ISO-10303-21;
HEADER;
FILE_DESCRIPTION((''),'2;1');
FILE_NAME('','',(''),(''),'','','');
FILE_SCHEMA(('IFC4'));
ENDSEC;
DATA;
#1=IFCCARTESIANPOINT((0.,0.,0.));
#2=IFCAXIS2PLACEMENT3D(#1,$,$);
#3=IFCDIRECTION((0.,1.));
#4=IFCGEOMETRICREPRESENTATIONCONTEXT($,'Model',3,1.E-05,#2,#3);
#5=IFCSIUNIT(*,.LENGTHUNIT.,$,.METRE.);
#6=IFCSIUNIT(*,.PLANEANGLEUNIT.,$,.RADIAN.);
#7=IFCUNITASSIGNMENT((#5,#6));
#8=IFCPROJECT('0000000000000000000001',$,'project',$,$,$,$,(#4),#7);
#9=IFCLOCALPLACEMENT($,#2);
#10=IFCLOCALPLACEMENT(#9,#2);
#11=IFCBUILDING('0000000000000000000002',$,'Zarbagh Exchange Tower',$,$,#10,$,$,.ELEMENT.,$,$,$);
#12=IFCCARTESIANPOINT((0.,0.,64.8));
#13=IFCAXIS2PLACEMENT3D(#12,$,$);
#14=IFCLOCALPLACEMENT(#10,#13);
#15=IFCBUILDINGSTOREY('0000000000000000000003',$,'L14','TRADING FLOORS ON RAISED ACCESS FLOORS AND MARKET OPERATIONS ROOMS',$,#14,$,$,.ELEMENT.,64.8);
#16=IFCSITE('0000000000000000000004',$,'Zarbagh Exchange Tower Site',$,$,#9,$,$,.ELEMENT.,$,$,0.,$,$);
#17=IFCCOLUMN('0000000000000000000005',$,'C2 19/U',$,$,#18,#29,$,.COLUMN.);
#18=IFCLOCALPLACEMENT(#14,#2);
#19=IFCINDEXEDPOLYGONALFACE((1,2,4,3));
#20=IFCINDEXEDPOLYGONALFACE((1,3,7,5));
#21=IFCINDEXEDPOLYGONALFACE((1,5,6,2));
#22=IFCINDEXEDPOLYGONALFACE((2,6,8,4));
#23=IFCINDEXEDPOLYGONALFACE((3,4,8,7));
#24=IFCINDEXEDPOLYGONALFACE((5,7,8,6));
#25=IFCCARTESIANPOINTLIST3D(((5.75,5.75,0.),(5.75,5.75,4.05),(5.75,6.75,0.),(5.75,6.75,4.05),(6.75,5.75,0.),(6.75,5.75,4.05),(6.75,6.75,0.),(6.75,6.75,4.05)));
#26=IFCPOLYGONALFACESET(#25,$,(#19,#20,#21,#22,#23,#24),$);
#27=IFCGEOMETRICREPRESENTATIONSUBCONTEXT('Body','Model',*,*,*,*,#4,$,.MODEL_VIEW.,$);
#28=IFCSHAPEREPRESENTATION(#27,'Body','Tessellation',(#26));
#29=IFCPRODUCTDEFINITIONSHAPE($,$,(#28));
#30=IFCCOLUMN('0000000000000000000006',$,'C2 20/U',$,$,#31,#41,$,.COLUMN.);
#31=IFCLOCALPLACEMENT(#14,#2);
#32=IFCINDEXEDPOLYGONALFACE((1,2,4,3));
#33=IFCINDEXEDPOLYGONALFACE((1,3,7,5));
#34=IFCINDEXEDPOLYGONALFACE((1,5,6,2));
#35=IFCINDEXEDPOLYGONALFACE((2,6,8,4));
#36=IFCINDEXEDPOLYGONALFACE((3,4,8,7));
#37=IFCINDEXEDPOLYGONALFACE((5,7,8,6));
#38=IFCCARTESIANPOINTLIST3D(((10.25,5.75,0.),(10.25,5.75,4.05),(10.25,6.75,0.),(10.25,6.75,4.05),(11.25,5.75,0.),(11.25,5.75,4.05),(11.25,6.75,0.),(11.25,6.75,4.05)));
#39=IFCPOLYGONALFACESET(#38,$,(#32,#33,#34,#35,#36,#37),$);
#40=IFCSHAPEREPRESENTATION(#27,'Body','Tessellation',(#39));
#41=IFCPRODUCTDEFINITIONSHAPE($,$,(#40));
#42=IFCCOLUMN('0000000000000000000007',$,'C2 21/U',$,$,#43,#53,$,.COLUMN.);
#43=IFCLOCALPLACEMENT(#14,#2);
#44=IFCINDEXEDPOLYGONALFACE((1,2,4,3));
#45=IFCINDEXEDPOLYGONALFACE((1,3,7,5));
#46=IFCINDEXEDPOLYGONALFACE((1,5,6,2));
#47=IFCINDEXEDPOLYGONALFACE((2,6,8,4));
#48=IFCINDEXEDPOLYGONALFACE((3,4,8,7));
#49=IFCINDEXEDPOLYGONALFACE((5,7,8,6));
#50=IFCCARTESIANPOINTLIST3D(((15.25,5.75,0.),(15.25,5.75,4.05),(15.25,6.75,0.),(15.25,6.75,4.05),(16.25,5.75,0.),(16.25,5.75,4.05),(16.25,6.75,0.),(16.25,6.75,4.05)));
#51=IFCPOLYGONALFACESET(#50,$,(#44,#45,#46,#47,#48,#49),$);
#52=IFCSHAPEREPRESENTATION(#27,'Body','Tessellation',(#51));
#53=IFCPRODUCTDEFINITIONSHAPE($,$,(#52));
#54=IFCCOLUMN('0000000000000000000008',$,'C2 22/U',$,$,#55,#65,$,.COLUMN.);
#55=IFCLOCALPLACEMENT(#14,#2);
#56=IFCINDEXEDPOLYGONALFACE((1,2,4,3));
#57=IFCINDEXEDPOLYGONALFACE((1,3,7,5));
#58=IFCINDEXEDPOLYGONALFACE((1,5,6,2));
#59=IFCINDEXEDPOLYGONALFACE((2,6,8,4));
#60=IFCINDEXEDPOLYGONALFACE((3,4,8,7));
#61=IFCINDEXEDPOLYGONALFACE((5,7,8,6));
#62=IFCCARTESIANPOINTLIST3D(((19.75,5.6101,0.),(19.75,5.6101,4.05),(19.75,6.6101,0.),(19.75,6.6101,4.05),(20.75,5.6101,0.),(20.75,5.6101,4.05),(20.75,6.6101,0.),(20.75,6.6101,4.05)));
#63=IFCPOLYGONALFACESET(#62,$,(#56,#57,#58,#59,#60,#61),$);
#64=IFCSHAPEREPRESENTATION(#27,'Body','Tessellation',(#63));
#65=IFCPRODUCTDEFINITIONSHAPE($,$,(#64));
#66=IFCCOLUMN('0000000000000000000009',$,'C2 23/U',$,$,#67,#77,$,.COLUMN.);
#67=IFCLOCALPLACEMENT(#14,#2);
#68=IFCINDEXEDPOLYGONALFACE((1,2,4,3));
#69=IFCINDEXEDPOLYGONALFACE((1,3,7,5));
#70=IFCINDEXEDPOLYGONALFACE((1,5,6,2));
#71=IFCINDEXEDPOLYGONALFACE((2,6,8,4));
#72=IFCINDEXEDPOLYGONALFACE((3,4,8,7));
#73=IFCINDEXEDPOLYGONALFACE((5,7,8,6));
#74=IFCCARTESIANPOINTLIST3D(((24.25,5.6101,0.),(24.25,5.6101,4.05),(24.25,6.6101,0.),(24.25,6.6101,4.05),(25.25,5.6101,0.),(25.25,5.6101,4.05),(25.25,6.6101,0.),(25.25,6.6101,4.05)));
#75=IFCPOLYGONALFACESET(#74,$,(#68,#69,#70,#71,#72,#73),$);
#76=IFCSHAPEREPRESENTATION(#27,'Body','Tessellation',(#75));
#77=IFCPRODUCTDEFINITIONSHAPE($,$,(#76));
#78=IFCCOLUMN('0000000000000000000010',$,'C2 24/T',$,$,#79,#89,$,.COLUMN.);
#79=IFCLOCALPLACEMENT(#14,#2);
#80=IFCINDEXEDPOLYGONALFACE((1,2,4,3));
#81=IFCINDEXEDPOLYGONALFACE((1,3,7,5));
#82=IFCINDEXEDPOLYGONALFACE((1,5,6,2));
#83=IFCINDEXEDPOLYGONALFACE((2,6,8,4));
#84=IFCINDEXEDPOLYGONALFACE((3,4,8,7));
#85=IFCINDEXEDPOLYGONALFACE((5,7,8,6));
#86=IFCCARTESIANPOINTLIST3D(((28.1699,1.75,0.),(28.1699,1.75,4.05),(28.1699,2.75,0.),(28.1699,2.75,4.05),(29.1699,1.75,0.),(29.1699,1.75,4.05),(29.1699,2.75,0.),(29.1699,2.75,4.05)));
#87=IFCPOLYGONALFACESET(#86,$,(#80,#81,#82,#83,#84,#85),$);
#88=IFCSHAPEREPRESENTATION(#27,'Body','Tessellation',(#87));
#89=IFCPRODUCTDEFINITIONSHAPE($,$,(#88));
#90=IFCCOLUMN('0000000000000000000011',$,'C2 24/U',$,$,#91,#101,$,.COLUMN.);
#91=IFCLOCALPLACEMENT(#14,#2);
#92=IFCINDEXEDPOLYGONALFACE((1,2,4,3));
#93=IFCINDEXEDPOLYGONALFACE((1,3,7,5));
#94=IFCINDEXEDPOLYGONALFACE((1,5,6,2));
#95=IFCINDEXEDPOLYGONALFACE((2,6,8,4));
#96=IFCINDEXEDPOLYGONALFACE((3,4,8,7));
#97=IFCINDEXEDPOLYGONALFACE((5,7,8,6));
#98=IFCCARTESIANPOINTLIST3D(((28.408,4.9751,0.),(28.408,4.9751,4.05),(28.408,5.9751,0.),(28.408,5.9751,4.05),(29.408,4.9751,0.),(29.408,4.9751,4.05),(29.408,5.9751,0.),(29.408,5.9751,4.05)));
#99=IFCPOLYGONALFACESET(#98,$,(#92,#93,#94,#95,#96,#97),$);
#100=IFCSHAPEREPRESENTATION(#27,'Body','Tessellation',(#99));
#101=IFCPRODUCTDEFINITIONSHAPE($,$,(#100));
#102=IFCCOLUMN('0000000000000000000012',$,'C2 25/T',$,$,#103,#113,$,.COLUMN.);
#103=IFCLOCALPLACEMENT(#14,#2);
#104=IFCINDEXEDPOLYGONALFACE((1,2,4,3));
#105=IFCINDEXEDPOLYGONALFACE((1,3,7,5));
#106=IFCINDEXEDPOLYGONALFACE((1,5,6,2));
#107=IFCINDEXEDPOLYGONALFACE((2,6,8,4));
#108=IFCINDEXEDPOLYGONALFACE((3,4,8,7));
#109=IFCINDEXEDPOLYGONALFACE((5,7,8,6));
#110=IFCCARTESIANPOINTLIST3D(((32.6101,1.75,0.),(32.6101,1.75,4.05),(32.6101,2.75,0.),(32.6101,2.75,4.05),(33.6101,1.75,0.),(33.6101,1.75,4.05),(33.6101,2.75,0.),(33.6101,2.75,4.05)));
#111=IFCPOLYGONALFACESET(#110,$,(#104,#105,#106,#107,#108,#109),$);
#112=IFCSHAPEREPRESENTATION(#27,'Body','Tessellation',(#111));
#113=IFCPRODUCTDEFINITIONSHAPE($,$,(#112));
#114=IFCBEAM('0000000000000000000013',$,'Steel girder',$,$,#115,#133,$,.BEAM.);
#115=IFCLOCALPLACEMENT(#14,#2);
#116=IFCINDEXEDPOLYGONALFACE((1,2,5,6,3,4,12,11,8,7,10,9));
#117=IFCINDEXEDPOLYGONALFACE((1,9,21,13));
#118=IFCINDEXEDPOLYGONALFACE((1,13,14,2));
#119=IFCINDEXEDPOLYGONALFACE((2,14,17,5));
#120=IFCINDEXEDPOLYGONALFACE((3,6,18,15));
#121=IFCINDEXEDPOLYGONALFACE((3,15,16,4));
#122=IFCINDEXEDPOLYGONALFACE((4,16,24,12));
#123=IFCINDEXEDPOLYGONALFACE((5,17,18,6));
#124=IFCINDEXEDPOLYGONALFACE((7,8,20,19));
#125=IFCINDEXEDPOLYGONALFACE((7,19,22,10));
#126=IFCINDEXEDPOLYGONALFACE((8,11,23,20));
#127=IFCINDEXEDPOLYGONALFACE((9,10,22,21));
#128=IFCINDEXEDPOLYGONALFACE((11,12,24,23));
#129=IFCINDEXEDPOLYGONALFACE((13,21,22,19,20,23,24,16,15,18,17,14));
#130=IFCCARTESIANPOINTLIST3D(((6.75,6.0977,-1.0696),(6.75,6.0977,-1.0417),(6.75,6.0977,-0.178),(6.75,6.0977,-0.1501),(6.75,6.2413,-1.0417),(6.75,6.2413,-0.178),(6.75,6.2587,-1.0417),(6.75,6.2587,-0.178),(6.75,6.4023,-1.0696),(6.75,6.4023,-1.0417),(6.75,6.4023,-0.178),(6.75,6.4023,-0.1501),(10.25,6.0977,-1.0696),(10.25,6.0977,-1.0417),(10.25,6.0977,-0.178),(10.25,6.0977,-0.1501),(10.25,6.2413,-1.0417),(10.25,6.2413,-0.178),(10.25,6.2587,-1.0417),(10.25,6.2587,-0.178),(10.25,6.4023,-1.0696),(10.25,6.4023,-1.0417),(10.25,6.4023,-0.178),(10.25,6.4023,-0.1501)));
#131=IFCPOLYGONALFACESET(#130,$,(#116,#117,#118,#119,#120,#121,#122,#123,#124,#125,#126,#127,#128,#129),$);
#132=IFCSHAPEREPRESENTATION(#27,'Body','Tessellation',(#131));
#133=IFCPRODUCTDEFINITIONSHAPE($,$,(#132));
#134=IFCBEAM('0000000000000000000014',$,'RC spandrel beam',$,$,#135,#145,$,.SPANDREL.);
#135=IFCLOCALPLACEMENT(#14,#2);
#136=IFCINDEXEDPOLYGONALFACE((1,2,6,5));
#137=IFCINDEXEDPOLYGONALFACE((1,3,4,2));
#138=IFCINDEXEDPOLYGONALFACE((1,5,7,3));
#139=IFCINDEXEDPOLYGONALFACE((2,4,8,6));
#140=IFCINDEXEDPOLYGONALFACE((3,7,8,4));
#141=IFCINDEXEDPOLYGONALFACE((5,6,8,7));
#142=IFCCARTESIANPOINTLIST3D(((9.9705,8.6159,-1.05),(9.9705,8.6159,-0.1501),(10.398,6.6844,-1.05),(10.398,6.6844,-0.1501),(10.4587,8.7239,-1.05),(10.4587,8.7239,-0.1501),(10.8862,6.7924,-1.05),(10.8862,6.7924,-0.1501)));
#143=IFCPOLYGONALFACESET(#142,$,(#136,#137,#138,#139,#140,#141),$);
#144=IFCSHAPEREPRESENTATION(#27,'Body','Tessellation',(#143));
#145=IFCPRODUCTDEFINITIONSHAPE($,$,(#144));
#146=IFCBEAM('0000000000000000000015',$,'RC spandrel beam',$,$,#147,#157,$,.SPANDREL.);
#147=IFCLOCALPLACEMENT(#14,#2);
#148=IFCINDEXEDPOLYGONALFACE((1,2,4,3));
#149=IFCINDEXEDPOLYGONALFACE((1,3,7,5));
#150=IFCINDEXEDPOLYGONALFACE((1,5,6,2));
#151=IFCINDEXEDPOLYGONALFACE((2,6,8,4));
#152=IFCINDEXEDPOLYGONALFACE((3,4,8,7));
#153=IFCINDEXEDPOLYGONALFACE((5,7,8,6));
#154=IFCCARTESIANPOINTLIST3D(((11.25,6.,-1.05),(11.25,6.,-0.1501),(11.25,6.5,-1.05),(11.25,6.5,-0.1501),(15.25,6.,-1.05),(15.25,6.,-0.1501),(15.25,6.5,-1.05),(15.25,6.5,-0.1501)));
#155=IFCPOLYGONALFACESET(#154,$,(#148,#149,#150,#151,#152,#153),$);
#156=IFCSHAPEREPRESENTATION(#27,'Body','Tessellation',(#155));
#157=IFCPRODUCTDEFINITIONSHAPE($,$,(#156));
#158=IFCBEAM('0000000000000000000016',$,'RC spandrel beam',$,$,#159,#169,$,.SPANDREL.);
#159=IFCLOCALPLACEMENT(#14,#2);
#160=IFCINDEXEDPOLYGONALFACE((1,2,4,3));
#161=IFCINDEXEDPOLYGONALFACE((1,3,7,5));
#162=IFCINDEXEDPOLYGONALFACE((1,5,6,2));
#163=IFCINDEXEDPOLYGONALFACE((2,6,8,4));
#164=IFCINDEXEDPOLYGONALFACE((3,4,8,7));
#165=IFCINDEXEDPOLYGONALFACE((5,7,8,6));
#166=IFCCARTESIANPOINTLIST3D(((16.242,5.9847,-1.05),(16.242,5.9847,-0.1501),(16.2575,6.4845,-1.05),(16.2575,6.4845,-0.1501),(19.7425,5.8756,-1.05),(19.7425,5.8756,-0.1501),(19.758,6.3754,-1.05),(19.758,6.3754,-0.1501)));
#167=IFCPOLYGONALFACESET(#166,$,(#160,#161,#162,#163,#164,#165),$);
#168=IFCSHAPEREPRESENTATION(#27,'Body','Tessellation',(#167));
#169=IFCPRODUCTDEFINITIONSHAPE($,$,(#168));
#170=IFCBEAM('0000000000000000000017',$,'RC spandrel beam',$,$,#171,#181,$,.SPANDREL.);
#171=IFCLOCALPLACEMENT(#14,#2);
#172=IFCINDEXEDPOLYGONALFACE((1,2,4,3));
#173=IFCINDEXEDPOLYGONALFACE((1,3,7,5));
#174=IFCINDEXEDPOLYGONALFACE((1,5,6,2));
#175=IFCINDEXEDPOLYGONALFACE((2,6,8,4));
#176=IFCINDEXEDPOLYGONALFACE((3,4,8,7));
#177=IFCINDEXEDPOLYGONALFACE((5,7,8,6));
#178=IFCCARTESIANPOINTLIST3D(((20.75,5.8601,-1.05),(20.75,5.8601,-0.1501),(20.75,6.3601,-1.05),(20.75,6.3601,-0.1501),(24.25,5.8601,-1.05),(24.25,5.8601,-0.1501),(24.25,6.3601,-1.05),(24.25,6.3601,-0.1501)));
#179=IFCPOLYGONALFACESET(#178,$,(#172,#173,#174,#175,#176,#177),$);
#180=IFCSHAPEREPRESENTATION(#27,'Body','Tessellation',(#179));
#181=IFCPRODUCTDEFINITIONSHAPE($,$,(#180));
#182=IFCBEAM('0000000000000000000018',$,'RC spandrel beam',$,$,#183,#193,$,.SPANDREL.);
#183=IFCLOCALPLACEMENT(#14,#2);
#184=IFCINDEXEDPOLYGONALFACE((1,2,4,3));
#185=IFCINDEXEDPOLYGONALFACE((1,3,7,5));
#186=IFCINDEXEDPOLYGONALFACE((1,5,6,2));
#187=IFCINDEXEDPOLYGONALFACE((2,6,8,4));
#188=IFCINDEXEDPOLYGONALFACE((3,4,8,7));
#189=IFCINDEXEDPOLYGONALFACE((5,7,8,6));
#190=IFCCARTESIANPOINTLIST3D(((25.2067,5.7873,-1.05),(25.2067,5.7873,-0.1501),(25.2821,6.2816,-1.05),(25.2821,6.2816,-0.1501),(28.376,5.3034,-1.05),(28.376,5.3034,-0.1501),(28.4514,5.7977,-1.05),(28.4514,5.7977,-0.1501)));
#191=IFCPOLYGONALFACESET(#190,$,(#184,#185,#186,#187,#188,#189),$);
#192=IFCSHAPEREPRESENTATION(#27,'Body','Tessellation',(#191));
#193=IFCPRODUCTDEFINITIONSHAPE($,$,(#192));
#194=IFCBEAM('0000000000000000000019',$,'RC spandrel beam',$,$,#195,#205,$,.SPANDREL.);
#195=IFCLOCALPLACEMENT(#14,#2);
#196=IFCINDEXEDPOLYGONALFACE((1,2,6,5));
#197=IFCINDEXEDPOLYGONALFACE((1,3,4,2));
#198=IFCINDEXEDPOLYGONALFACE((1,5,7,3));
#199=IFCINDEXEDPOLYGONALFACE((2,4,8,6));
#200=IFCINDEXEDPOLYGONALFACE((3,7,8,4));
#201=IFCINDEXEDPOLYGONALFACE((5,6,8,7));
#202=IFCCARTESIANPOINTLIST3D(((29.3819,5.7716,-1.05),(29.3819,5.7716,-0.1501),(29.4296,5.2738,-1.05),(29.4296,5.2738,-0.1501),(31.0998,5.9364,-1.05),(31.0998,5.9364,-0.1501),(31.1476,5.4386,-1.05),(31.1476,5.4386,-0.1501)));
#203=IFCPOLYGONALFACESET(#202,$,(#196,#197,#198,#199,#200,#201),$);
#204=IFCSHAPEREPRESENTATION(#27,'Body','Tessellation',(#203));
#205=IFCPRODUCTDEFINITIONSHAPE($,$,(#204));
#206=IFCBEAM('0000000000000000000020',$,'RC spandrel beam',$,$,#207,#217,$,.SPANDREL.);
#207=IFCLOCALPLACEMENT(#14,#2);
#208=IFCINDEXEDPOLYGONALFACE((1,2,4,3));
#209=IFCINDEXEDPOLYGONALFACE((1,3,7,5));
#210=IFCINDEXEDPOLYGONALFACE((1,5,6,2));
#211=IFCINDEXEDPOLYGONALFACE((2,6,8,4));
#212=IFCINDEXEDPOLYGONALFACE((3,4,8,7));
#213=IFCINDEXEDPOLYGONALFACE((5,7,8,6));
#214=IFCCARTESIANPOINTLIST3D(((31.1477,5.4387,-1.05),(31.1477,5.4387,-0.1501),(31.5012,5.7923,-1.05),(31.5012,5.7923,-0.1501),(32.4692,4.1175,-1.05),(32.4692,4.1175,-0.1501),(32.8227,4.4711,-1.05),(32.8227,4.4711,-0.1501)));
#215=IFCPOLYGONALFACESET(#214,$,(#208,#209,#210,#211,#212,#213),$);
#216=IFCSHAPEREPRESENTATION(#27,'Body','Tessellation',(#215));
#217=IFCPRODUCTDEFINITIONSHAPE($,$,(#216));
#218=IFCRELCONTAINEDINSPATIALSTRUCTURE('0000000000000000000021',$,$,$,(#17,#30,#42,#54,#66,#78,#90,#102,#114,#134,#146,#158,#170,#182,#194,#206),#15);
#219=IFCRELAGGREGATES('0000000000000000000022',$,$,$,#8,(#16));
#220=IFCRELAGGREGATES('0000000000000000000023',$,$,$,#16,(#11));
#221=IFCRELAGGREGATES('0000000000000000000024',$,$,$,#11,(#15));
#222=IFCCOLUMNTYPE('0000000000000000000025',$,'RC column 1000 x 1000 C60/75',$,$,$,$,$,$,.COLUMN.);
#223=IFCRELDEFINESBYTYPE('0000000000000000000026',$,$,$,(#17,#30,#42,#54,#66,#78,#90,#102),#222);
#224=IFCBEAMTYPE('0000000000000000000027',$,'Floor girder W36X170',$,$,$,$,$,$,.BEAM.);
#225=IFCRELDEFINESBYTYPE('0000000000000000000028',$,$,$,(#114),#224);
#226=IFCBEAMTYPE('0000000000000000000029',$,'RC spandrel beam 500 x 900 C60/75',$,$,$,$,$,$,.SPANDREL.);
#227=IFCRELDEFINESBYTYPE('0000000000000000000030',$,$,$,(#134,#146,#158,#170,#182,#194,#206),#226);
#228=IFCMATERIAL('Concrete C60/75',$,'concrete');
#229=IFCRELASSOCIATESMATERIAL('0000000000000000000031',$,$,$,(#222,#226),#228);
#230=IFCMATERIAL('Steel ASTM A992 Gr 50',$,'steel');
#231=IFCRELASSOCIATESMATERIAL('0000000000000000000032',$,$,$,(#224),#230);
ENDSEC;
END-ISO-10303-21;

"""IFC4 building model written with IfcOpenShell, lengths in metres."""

from ifc_helpers import new_model, si_unit, direction, frame, origin, origin_2d, place, context, subcontext, project, spatial, rectangle, i_section, extrude, material, material_profile, profile_set, type_object, element, save


model = new_model("IFC4")

# Units and contexts
model_context = context("Model", 3, precision=1e-05, world=origin(), true_north=direction((0.0, 1.0)))
body_context = subcontext(model_context, "Body", "Model", "MODEL_VIEW")
ifc_project = project(units=[si_unit("LENGTHUNIT", "METRE"), si_unit("PLANEANGLEUNIT", "RADIAN")], contexts=[model_context])

# Site, building, storey
site_placement = place(None, origin())
site = spatial("IfcSite", under=ifc_project, at=site_placement, Name="Zarbagh Exchange Tower Site", CompositionType="ELEMENT", RefElevation=0.0)
building_placement = place(site_placement, origin())
building = spatial("IfcBuilding", under=site, at=building_placement, Name="Zarbagh Exchange Tower", CompositionType="ELEMENT")
storey_placement = place(building_placement, frame((0.0, 0.0, 64.8)))
storey = spatial("IfcBuildingStorey", under=building, at=storey_placement, Name="L14", Description="TRADING FLOORS ON RAISED ACCESS FLOORS AND MARKET OPERATIONS ROOMS", CompositionType="ELEMENT", Elevation=64.8)

# Columns
ifc_material_1 = material(Name="Concrete C60/75", Category="concrete")
ifc_material_profile_1 = material_profile(ifc_material_1, rectangle(XDim=1.0, YDim=1.0, at=origin_2d()), Name="RC column 1000 x 1000 C60/75")
ifc_profile_set_1 = profile_set([ifc_material_profile_1], Name="Concrete C60/75")
column_type = type_object("IfcColumnType", Name="RC column 1000 x 1000 C60/75", PredefinedType="COLUMN", material=ifc_profile_set_1)
for number, where, z_axis, x_axis, name in (
    (1, (6.25, 6.25, 0.0), (0.0, 0.0, 1.0), (1.0, 0.0, 0.0), "C2 19/U"),
    (2, (10.75, 6.25, 0.0), (0.0, 0.0, 1.0), (1.0, 0.0, 0.0), "C2 20/U"),
    (3, (15.75, 6.25, 0.0), (0.0, 0.0, 1.0), (1.0, 0.0, 0.0), "C2 21/U"),
    (4, (20.25, 6.1101, 0.0), (0.0, 0.0, 1.0), (1.0, 0.0, 0.0), "C2 22/U"),
    (5, (24.75, 6.1101, 0.0), (0.0, 0.0, 1.0), (1.0, 0.0, 0.0), "C2 23/U"),
    (6, (28.6699, 2.25, 0.0), (0.0, 0.0, 1.0), (1.0, 0.0, 0.0), "C2 24/T"),
    (7, (28.908, 5.4751, 0.0), (0.0, 0.0, 1.0), (1.0, 0.0, 0.0), "C2 24/U"),
    (8, (33.1101, 2.25, 0.0), (0.0, 0.0, 1.0), (1.0, 0.0, 0.0), "C2 25/T"),
):
    element("IfcColumn", number, at=place(storey_placement, frame(where, z_axis=z_axis, x_axis=x_axis)), inside=storey, type_object=column_type, Name=name, PredefinedType="COLUMN", context=body_context, shape_type="SweptSolid", body=[
        extrude(rectangle(XDim=1.0, YDim=1.0, at=origin_2d()), origin(), (0.0, 0.0, 1.0), 4.05),
    ])

# Beams
ifc_material_2 = material(Name="Steel ASTM A992 Gr 50", Category="steel")
ifc_material_profile_2 = material_profile(ifc_material_2, i_section(OverallWidth=0.3047, OverallDepth=0.9194, WebThickness=0.0173, FlangeThickness=0.0278, at=origin_2d()), Name="W36X170")
ifc_profile_set_2 = profile_set([ifc_material_profile_2], Name="Steel ASTM A992 Gr 50")
beam_type_1 = type_object("IfcBeamType", Name="Floor girder W36X170", PredefinedType="BEAM", material=ifc_profile_set_2)
beam_1_placement = place(storey_placement, frame((6.75, 6.25, -0.6099), z_axis=(1.0, 0.0, 0.0), x_axis=(0.0, 1.0, 0.0)))
element("IfcBeam", 9, at=beam_1_placement, inside=storey, type_object=beam_type_1, Name="Steel girder", PredefinedType="BEAM", context=body_context, shape_type="SweptSolid", body=[
    extrude(i_section(OverallWidth=0.3047, OverallDepth=0.9194, WebThickness=0.0173, FlangeThickness=0.0278, at=origin_2d()), origin(), (0.0, 0.0, 1.0), 3.5),
])
ifc_material_profile_3 = material_profile(ifc_material_1, rectangle(XDim=0.5, YDim=0.8999, at=origin_2d()), Name="RC spandrel beam 500 x 900 C60/75")
ifc_profile_set_3 = profile_set([ifc_material_profile_3], Name="Concrete C60/75")
beam_type_2 = type_object("IfcBeamType", Name="RC spandrel beam 500 x 900 C60/75", PredefinedType="SPANDREL", material=ifc_profile_set_3)
beam_2_placement = place(storey_placement, frame((10.2146, 8.6699, -0.6001), z_axis=(0.216081, -0.976375, 0.0), x_axis=(0.976375, 0.216081, 0.0)))
element("IfcBeam", 10, at=beam_2_placement, inside=storey, type_object=beam_type_2, Name="RC spandrel beam", PredefinedType="SPANDREL", context=body_context, shape_type="SweptSolid", body=[
    extrude(rectangle(XDim=0.5, YDim=0.8999, at=origin_2d()), origin(), (0.0, 0.0, 1.0), 1.9783),
])
beam_3_placement = place(storey_placement, frame((11.25, 6.25, -0.6001), z_axis=(1.0, 0.0, 0.0), x_axis=(0.0, 1.0, 0.0)))
element("IfcBeam", 11, at=beam_3_placement, inside=storey, type_object=beam_type_2, Name="RC spandrel beam", PredefinedType="SPANDREL", context=body_context, shape_type="SweptSolid", body=[
    extrude(rectangle(XDim=0.5, YDim=0.8999, at=origin_2d()), origin(), (0.0, 0.0, 1.0), 4.0),
])
beam_4_placement = place(storey_placement, frame((16.2498, 6.2346, -0.6001), z_axis=(0.999514, -0.031161, 0.0), x_axis=(0.031161, 0.999514, 0.0)))
element("IfcBeam", 12, at=beam_4_placement, inside=storey, type_object=beam_type_2, Name="RC spandrel beam", PredefinedType="SPANDREL", context=body_context, shape_type="SweptSolid", body=[
    extrude(rectangle(XDim=0.5, YDim=0.8999, at=origin_2d()), origin(), (0.0, 0.0, 1.0), 3.5022),
])
beam_5_placement = place(storey_placement, frame((20.75, 6.1101, -0.6001), z_axis=(1.0, 0.0, 0.0), x_axis=(0.0, 1.0, 0.0)))
element("IfcBeam", 13, at=beam_5_placement, inside=storey, type_object=beam_type_2, Name="RC spandrel beam", PredefinedType="SPANDREL", context=body_context, shape_type="SweptSolid", body=[
    extrude(rectangle(XDim=0.5, YDim=0.8999, at=origin_2d()), origin(), (0.0, 0.0, 1.0), 3.5),
])
beam_6_placement = place(storey_placement, frame((25.2444, 6.0344, -0.6001), z_axis=(0.988545, -0.150924, 0.0), x_axis=(0.150924, 0.988545, 0.0)))
element("IfcBeam", 14, at=beam_6_placement, inside=storey, type_object=beam_type_2, Name="RC spandrel beam", PredefinedType="SPANDREL", context=body_context, shape_type="SweptSolid", body=[
    extrude(rectangle(XDim=0.5, YDim=0.8999, at=origin_2d()), origin(), (0.0, 0.0, 1.0), 3.2061),
])
beam_7_placement = place(storey_placement, frame((29.4058, 5.5227, -0.6001), z_axis=(0.995431, 0.095483, 0.0), x_axis=(-0.095483, 0.995431, 0.0)))
element("IfcBeam", 15, at=beam_7_placement, inside=storey, type_object=beam_type_2, Name="RC spandrel beam", PredefinedType="SPANDREL", context=body_context, shape_type="SweptSolid", body=[
    extrude(rectangle(XDim=0.5, YDim=0.8999, at=origin_2d()), origin(), (0.0, 0.0, 1.0), 1.7258),
])
beam_8_placement = place(storey_placement, frame((31.3245, 5.6155, -0.6001), z_axis=(0.707172, -0.707041, 0.0), x_axis=(0.707041, 0.707172, 0.0)))
element("IfcBeam", 16, at=beam_8_placement, inside=storey, type_object=beam_type_2, Name="RC spandrel beam", PredefinedType="SPANDREL", context=body_context, shape_type="SweptSolid", body=[
    extrude(rectangle(XDim=0.5, YDim=0.8999, at=origin_2d()), origin(), (0.0, 0.0, 1.0), 1.8687),
])

save(model, "model.ifc")
